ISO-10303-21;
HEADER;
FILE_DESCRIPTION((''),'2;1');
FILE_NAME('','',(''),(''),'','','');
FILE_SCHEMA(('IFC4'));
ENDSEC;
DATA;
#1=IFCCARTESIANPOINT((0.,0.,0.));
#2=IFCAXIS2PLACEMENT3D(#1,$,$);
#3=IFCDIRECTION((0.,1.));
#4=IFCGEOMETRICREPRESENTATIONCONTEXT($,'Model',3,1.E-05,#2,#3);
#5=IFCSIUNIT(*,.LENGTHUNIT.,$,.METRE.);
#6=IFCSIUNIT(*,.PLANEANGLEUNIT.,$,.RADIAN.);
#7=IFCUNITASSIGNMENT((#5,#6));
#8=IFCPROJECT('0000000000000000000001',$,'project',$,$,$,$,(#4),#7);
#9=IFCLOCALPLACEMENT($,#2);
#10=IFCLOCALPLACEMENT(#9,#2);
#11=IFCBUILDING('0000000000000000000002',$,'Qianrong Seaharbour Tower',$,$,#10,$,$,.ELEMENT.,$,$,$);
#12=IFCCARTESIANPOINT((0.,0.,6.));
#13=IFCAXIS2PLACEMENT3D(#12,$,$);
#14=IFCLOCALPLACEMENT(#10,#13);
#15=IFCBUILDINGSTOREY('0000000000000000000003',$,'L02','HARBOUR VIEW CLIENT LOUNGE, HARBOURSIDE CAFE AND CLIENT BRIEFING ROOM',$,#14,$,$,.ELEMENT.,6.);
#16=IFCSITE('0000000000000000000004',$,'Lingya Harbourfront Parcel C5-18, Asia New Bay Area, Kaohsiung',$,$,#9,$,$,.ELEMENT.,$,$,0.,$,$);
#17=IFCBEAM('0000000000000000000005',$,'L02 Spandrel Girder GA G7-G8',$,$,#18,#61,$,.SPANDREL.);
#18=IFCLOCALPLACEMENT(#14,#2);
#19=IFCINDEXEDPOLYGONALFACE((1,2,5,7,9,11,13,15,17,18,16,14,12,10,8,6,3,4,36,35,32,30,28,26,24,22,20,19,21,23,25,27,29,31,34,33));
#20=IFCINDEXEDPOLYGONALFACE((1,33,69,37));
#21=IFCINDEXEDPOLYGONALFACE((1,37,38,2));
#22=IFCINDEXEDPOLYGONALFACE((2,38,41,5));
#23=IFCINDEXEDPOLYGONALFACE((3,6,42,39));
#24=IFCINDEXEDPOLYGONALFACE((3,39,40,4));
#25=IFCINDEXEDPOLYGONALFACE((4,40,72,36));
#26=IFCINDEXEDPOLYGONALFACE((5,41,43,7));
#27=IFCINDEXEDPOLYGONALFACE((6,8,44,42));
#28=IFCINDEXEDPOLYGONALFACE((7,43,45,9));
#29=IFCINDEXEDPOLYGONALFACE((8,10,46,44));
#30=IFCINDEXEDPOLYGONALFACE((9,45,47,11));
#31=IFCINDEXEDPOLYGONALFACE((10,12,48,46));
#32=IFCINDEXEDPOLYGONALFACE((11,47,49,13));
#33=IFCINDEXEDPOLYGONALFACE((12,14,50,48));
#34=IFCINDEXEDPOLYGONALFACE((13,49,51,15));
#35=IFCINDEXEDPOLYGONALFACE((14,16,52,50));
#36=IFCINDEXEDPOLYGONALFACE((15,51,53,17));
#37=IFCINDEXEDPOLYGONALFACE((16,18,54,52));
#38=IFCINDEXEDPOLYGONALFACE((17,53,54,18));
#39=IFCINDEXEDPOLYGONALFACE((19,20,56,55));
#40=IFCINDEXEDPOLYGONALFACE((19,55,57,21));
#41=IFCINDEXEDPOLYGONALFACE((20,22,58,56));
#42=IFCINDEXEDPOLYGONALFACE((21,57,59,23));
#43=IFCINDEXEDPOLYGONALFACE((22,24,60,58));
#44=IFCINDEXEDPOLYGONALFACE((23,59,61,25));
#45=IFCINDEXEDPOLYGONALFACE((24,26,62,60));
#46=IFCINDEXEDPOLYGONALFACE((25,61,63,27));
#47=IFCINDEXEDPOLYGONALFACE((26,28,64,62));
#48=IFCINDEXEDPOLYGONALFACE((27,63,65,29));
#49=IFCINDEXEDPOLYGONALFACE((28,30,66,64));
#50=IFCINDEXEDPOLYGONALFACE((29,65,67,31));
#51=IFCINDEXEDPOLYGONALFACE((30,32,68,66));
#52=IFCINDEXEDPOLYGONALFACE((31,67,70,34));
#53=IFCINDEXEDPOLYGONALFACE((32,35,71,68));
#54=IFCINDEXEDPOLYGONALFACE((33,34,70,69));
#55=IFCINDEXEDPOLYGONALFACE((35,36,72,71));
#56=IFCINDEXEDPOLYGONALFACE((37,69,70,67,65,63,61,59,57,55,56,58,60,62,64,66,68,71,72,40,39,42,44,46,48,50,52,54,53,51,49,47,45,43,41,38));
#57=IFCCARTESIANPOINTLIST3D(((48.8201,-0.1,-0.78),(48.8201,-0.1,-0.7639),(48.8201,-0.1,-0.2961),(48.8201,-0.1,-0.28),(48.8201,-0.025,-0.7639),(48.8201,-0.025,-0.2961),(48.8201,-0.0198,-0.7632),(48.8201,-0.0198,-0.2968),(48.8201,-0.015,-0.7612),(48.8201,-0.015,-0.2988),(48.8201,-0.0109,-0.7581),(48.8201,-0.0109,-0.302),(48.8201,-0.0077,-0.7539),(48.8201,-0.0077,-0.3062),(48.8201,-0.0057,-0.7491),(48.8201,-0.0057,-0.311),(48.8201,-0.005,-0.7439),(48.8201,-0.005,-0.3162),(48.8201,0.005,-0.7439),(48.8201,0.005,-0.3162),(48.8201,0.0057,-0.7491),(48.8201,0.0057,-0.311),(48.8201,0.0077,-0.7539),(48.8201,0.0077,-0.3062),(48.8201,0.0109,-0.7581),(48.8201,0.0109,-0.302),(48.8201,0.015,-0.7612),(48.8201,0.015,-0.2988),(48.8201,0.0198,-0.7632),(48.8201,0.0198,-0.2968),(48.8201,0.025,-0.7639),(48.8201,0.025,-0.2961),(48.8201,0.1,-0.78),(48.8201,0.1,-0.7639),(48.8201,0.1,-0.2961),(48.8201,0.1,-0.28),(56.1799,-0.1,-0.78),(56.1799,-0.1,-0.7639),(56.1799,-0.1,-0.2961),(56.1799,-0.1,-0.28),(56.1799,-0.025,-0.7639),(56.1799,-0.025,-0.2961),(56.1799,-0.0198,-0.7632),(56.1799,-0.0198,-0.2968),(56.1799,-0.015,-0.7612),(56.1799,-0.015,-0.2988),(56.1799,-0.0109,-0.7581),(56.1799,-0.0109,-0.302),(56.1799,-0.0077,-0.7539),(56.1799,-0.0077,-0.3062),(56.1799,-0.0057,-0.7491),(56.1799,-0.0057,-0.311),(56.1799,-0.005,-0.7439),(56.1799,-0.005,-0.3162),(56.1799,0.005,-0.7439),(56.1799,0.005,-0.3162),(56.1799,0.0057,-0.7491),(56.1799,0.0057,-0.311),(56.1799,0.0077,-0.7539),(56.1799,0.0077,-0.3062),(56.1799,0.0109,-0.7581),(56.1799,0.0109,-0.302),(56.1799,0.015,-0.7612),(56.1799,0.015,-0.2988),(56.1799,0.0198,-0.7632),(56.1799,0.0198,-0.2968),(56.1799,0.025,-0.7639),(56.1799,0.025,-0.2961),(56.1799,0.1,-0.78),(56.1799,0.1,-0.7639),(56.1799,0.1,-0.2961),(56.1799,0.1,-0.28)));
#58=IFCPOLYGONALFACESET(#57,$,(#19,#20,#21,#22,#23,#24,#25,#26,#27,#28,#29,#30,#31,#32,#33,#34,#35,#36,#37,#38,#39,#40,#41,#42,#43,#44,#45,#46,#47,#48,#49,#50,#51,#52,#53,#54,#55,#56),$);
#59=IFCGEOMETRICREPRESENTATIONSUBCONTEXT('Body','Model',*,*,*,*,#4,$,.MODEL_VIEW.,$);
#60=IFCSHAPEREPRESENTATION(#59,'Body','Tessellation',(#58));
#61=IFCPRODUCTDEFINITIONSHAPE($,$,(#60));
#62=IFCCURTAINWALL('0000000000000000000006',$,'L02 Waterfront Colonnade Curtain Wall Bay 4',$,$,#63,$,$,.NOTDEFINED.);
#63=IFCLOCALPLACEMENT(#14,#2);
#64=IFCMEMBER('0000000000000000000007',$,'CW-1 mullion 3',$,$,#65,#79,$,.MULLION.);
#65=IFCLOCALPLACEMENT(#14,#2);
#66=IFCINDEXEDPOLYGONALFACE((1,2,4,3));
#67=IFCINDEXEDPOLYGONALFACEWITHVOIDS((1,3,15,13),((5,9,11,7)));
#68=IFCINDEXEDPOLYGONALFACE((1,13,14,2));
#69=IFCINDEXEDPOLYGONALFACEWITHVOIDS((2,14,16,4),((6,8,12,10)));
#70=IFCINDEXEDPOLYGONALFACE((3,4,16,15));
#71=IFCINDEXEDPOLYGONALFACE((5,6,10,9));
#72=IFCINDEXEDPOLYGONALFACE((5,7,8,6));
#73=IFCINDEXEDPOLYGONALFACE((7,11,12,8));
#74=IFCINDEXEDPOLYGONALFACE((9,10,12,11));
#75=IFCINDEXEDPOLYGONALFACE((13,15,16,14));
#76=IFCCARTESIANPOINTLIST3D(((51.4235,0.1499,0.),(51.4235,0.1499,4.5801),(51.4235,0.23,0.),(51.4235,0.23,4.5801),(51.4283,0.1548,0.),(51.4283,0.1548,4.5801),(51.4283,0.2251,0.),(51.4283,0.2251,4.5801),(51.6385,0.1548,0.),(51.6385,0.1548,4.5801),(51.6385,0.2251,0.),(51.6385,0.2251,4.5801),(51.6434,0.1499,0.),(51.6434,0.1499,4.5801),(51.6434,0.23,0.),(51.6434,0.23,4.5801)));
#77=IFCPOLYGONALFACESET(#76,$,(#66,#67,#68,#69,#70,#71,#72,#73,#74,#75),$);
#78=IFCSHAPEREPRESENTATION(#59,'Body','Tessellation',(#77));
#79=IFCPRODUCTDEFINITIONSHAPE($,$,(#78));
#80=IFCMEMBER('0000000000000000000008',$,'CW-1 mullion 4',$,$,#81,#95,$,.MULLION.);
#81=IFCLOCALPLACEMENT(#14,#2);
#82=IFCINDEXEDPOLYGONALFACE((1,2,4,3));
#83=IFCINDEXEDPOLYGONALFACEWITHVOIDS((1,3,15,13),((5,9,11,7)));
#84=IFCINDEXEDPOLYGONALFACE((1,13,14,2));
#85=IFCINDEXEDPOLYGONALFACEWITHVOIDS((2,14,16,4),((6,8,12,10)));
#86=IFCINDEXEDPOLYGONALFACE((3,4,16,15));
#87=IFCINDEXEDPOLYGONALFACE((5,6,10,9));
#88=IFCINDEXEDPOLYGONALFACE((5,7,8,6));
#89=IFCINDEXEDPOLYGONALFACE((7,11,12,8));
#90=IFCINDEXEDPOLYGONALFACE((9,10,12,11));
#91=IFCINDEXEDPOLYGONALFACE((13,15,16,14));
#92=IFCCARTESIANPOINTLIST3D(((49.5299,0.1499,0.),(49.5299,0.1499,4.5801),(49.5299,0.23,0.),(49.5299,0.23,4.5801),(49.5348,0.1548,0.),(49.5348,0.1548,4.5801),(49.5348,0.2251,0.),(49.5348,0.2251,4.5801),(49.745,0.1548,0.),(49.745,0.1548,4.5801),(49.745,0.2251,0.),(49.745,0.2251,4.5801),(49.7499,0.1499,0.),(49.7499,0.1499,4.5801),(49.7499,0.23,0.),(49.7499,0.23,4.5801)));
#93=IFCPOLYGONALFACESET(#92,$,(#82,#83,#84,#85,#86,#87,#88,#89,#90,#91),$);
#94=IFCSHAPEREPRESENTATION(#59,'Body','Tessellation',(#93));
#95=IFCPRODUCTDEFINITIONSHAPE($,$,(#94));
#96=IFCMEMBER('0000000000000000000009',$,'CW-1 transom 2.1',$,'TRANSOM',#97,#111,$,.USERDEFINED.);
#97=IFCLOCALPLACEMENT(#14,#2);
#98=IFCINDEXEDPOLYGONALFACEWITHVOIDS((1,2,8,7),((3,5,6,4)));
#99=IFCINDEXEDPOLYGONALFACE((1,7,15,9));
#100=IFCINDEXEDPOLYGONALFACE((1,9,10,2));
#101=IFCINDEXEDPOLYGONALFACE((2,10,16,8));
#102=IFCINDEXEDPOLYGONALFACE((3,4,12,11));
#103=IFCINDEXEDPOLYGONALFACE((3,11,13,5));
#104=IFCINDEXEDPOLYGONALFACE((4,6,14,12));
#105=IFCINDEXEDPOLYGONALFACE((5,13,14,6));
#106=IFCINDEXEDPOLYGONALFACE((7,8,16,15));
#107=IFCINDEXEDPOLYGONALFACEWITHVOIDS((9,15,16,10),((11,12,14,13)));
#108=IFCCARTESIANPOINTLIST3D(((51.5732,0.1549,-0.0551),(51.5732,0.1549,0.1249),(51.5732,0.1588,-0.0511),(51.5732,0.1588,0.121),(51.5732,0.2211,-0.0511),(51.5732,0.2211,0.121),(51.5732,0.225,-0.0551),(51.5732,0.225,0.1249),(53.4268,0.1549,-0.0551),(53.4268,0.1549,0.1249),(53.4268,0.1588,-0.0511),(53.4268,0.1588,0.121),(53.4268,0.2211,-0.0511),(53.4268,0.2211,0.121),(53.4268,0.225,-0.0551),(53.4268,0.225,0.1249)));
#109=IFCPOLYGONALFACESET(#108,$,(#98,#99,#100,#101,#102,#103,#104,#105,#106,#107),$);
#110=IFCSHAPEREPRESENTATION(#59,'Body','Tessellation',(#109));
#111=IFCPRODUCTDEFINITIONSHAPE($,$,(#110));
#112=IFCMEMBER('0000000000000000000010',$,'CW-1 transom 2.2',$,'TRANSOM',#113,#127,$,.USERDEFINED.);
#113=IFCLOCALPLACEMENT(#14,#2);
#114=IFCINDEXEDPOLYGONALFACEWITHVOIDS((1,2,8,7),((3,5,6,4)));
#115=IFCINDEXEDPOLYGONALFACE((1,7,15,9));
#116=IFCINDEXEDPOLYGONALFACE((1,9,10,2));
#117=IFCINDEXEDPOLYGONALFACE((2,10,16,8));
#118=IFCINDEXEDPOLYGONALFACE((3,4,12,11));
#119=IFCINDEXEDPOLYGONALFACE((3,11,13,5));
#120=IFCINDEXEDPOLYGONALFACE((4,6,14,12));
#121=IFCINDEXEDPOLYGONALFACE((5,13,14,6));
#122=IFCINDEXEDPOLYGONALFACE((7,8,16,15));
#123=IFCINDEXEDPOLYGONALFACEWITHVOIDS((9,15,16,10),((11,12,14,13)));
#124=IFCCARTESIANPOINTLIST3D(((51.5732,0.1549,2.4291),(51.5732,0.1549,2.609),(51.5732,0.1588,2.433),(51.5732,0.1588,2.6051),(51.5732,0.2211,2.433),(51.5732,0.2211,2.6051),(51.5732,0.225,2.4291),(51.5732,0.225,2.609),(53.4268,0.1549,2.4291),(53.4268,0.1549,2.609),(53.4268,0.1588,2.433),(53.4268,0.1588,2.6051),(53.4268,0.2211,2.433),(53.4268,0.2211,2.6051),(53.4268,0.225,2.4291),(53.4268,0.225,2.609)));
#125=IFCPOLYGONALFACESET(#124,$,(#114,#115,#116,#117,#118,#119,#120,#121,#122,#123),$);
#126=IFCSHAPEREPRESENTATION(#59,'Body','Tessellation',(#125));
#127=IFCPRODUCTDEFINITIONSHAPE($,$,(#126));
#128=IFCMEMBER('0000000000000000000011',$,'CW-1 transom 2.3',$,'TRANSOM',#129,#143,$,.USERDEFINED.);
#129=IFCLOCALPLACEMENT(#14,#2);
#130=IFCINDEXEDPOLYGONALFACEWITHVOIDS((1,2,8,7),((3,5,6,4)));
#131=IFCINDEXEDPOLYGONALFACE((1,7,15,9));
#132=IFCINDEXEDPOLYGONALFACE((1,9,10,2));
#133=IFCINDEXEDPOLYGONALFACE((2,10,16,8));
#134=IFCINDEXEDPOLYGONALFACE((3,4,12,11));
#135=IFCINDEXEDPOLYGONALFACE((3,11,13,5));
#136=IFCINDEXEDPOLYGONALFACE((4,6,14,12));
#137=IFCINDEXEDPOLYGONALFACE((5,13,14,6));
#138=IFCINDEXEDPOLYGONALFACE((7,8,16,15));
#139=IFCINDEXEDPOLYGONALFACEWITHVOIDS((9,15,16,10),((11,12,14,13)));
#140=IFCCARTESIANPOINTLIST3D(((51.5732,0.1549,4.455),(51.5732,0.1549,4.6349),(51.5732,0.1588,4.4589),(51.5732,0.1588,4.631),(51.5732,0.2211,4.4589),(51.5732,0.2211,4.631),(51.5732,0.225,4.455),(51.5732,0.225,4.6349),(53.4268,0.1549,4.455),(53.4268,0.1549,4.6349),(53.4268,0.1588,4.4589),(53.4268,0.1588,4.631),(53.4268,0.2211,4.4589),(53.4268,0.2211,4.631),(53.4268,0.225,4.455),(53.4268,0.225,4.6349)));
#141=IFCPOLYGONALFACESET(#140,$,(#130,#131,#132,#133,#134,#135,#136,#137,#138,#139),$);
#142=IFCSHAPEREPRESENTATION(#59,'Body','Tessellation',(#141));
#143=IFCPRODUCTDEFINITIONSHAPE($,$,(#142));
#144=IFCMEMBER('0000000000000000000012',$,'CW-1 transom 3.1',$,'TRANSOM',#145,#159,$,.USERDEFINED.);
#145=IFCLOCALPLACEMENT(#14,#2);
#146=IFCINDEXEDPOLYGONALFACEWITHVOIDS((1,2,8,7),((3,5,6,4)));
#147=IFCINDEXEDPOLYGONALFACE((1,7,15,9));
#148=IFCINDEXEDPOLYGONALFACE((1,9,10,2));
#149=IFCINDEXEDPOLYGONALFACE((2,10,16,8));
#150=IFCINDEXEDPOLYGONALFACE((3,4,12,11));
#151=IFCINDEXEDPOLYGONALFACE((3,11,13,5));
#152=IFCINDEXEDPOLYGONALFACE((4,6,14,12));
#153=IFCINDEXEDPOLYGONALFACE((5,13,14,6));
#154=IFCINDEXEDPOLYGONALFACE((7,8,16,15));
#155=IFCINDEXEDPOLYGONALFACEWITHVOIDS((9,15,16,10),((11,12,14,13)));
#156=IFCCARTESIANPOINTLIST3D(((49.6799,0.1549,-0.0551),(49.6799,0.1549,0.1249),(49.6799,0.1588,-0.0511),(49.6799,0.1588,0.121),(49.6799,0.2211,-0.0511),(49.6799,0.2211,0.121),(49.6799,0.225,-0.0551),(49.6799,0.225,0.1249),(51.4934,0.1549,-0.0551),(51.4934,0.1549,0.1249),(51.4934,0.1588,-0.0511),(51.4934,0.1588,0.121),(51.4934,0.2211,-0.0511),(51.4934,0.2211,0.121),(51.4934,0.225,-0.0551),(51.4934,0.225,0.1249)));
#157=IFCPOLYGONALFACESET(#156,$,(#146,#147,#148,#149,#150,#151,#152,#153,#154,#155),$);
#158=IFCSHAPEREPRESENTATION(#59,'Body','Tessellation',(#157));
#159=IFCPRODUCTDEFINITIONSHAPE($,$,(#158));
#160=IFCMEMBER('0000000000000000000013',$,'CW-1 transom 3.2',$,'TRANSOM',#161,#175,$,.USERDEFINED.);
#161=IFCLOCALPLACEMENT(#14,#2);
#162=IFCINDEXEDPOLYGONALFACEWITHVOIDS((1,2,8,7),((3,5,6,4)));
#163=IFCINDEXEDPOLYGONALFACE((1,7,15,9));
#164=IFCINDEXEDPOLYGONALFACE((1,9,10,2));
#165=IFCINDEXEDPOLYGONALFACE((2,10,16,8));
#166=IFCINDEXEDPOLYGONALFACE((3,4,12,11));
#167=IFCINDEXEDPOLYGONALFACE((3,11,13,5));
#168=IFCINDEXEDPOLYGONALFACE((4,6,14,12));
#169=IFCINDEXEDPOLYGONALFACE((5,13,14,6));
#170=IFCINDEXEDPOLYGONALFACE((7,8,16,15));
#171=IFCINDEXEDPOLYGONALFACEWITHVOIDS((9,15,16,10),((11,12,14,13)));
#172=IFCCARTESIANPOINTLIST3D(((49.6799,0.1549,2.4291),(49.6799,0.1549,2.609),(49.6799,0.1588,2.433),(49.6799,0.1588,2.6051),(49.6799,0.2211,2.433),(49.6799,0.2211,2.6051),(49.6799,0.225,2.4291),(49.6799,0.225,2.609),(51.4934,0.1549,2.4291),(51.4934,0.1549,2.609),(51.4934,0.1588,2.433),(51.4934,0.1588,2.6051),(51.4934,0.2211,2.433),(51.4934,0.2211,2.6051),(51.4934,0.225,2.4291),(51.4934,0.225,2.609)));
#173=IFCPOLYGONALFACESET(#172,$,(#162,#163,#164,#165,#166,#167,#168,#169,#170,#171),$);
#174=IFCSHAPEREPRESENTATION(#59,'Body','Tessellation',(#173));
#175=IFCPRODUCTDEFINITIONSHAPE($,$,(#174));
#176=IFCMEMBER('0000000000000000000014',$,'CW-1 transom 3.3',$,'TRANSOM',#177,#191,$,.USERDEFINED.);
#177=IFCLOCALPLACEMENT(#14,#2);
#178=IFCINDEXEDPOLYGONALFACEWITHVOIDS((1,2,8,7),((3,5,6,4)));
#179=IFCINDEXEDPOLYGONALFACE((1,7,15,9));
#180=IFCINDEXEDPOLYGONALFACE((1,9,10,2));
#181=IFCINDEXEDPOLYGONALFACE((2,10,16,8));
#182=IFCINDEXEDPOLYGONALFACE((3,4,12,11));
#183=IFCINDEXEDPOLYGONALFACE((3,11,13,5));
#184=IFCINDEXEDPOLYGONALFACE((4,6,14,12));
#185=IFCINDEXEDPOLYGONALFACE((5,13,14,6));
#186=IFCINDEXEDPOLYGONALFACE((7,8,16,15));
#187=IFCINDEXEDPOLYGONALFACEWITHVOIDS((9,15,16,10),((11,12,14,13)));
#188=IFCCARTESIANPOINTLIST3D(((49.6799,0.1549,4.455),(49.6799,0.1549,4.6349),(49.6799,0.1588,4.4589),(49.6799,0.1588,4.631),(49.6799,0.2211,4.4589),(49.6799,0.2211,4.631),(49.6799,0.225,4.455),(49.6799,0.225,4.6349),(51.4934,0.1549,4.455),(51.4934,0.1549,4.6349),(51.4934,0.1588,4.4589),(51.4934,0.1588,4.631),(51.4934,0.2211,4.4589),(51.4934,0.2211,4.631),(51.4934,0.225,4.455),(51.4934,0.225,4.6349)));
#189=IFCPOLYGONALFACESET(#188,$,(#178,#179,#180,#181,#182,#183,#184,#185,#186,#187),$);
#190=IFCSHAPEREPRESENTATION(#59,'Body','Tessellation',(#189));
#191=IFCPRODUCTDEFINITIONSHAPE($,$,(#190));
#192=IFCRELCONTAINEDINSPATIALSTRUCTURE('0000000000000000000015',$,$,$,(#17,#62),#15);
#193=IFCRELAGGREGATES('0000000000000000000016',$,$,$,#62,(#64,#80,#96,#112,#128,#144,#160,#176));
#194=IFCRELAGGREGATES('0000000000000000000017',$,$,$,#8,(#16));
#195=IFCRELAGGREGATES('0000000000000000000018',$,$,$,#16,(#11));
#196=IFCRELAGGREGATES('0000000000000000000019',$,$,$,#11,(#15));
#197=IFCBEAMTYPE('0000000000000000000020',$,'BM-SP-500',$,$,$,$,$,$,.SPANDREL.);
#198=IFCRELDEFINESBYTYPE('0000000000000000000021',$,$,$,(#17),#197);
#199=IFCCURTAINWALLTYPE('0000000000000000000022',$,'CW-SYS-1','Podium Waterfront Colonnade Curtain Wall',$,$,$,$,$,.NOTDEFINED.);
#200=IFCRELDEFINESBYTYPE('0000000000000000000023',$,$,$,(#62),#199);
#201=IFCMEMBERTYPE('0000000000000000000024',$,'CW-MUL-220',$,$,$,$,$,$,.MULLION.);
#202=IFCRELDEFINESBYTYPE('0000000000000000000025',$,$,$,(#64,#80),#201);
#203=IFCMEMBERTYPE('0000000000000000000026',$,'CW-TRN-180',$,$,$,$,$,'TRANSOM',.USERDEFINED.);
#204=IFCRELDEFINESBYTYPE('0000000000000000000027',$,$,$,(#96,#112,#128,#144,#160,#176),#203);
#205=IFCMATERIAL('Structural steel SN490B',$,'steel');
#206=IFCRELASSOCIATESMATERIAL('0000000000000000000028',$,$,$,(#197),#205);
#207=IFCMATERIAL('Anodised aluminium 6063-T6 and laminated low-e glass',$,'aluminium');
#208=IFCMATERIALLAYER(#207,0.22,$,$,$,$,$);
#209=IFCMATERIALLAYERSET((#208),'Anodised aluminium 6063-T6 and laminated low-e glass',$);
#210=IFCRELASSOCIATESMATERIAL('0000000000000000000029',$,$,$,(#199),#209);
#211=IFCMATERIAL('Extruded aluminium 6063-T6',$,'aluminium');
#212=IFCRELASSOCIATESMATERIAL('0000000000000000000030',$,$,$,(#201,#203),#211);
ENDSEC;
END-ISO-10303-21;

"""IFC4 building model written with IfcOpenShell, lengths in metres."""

from ifc_helpers import new_model, si_unit, direction, frame, origin, origin_2d, place, context, subcontext, project, spatial, hollow_rectangle, i_section, extrude, material, layer, layer_set, material_profile, profile_set, type_object, element, aggregate, save


model = new_model("IFC4")

# Units and contexts
model_context = context("Model", 3, precision=1e-05, world=origin(), true_north=direction((0.0, 1.0)))
body_context = subcontext(model_context, "Body", "Model", "MODEL_VIEW")
ifc_project = project(units=[si_unit("LENGTHUNIT", "METRE"), si_unit("PLANEANGLEUNIT", "RADIAN")], contexts=[model_context])

# Site, building, storey
site_placement = place(None, origin())
site = spatial("IfcSite", under=ifc_project, at=site_placement, Name="Lingya Harbourfront Parcel C5-18, Asia New Bay Area, Kaohsiung", CompositionType="ELEMENT", RefElevation=0.0)
building_placement = place(site_placement, origin())
building = spatial("IfcBuilding", under=site, at=building_placement, Name="Qianrong Seaharbour Tower", CompositionType="ELEMENT")
storey_placement = place(building_placement, frame((0.0, 0.0, 6.0)))
storey = spatial("IfcBuildingStorey", under=building, at=storey_placement, Name="L02", Description="HARBOUR VIEW CLIENT LOUNGE, HARBOURSIDE CAFE AND CLIENT BRIEFING ROOM", CompositionType="ELEMENT", Elevation=6.0)

# Beam
ifc_material_1 = material(Name="Structural steel SN490B", Category="steel")
ifc_material_profile_1 = material_profile(ifc_material_1, i_section(OverallWidth=0.2, OverallDepth=0.5, WebThickness=0.01, FlangeThickness=0.0161, FilletRadius=0.02, at=origin_2d()), Name="H500x200x10x16")
ifc_profile_set_1 = profile_set([ifc_material_profile_1], Name="Structural steel SN490B")
beam_type_1 = type_object("IfcBeamType", Name="BM-SP-500", PredefinedType="SPANDREL", material=ifc_profile_set_1)
for number, where, z_axis, x_axis, name in (
    (1, (48.8201, 0.0, -0.53), (1.0, 0.0, 0.0), (0.0, 1.0, 0.0), "L02 Spandrel Girder GA G7-G8"),
):
    element("IfcBeam", number, at=place(storey_placement, frame(where, z_axis=z_axis, x_axis=x_axis)), inside=storey, type_object=beam_type_1, Name=name, PredefinedType="SPANDREL", context=body_context, shape_type="SweptSolid", body=[
        extrude(i_section(OverallWidth=0.2, OverallDepth=0.5, WebThickness=0.01, FlangeThickness=0.0161, FilletRadius=0.02, at=origin_2d()), origin(), (0.0, 0.0, 1.0), 7.3599),
    ])

# Curtain wall, members
ifc_material_2 = material(Name="Anodised aluminium 6063-T6 and laminated low-e glass", Category="aluminium")
ifc_layer_1 = layer(ifc_material_2, 0.22)
ifc_layer_set_1 = layer_set([ifc_layer_1], Name="Anodised aluminium 6063-T6 and laminated low-e glass")
curtain_wall_type = type_object("IfcCurtainWallType", Name="CW-SYS-1", Description="Podium Waterfront Colonnade Curtain Wall", PredefinedType="NOTDEFINED", material=ifc_layer_set_1)
curtain_wall_placement = place(storey_placement, origin())
curtain_wall = element("IfcCurtainWall", 2, at=curtain_wall_placement, inside=storey, type_object=curtain_wall_type, Name="L02 Waterfront Colonnade Curtain Wall Bay 4", PredefinedType="NOTDEFINED")
ifc_material_3 = material(Name="Extruded aluminium 6063-T6", Category="aluminium")
ifc_material_profile_2 = material_profile(ifc_material_3, hollow_rectangle(XDim=0.0801, YDim=0.22, WallThickness=0.0049, at=origin_2d()), Name="ALU-MUL-220x80x5")
ifc_profile_set_2 = profile_set([ifc_material_profile_2], Name="Extruded aluminium 6063-T6")
member_type_1 = type_object("IfcMemberType", Name="CW-MUL-220", PredefinedType="MULLION", material=ifc_profile_set_2)
member_1_placement = place(storey_placement, frame((51.5334, 0.1899, 0.0), z_axis=(0.0, 0.0, 1.0), x_axis=(0.0, -1.0, 0.0)))
member_1 = element("IfcMember", 3, at=member_1_placement, type_object=member_type_1, Name="CW-1 mullion 3", PredefinedType="MULLION", context=body_context, shape_type="SweptSolid", body=[
    extrude(hollow_rectangle(XDim=0.0801, YDim=0.22, WallThickness=0.0049, at=origin_2d()), origin(), (0.0, 0.0, 1.0), 4.5801),
])
member_2_placement = place(storey_placement, frame((49.6399, 0.1899, 0.0), z_axis=(0.0, 0.0, 1.0), x_axis=(0.0, -1.0, 0.0)))
member_2 = element("IfcMember", 4, at=member_2_placement, type_object=member_type_1, Name="CW-1 mullion 4", PredefinedType="MULLION", context=body_context, shape_type="SweptSolid", body=[
    extrude(hollow_rectangle(XDim=0.0801, YDim=0.22, WallThickness=0.0049, at=origin_2d()), origin(), (0.0, 0.0, 1.0), 4.5801),
])
ifc_material_profile_3 = material_profile(ifc_material_3, hollow_rectangle(XDim=0.0701, YDim=0.1799, WallThickness=0.0039, at=origin_2d()), Name="ALU-TRN-180x70x4")
ifc_profile_set_3 = profile_set([ifc_material_profile_3], Name="Extruded aluminium 6063-T6")
member_type_2 = type_object("IfcMemberType", Name="CW-TRN-180", ElementType="TRANSOM", PredefinedType="USERDEFINED", material=ifc_profile_set_3)
member_3_placement = place(storey_placement, frame((53.4268, 0.1899, 0.0349), z_axis=(-1.0, 0.0, 0.0), x_axis=(0.0, -1.0, 0.0)))
member_3 = element("IfcMember", 5, at=member_3_placement, type_object=member_type_2, Name="CW-1 transom 2.1", ObjectType="TRANSOM", PredefinedType="USERDEFINED", context=body_context, shape_type="SweptSolid", body=[
    extrude(hollow_rectangle(XDim=0.0701, YDim=0.1799, WallThickness=0.0039, at=origin_2d()), origin(), (0.0, 0.0, 1.0), 1.8535),
])
member_4_placement = place(storey_placement, frame((53.4268, 0.1899, 2.519), z_axis=(-1.0, 0.0, 0.0), x_axis=(0.0, -1.0, 0.0)))
member_4 = element("IfcMember", 6, at=member_4_placement, type_object=member_type_2, Name="CW-1 transom 2.2", ObjectType="TRANSOM", PredefinedType="USERDEFINED", context=body_context, shape_type="SweptSolid", body=[
    extrude(hollow_rectangle(XDim=0.0701, YDim=0.1799, WallThickness=0.0039, at=origin_2d()), origin(), (0.0, 0.0, 1.0), 1.8535),
])
member_5_placement = place(storey_placement, frame((53.4268, 0.1899, 4.5449), z_axis=(-1.0, 0.0, 0.0), x_axis=(0.0, -1.0, 0.0)))
member_5 = element("IfcMember", 7, at=member_5_placement, type_object=member_type_2, Name="CW-1 transom 2.3", ObjectType="TRANSOM", PredefinedType="USERDEFINED", context=body_context, shape_type="SweptSolid", body=[
    extrude(hollow_rectangle(XDim=0.0701, YDim=0.1799, WallThickness=0.0039, at=origin_2d()), origin(), (0.0, 0.0, 1.0), 1.8535),
])
member_6_placement = place(storey_placement, frame((51.4934, 0.1899, 0.0349), z_axis=(-1.0, 0.0, 0.0), x_axis=(0.0, -1.0, 0.0)))
member_6 = element("IfcMember", 8, at=member_6_placement, type_object=member_type_2, Name="CW-1 transom 3.1", ObjectType="TRANSOM", PredefinedType="USERDEFINED", context=body_context, shape_type="SweptSolid", body=[
    extrude(hollow_rectangle(XDim=0.0701, YDim=0.1799, WallThickness=0.0039, at=origin_2d()), origin(), (0.0, 0.0, 1.0), 1.8135),
])
member_7_placement = place(storey_placement, frame((51.4934, 0.1899, 2.519), z_axis=(-1.0, 0.0, 0.0), x_axis=(0.0, -1.0, 0.0)))
member_7 = element("IfcMember", 9, at=member_7_placement, type_object=member_type_2, Name="CW-1 transom 3.2", ObjectType="TRANSOM", PredefinedType="USERDEFINED", context=body_context, shape_type="SweptSolid", body=[
    extrude(hollow_rectangle(XDim=0.0701, YDim=0.1799, WallThickness=0.0039, at=origin_2d()), origin(), (0.0, 0.0, 1.0), 1.8135),
])
member_8_placement = place(storey_placement, frame((51.4934, 0.1899, 4.5449), z_axis=(-1.0, 0.0, 0.0), x_axis=(0.0, -1.0, 0.0)))
member_8 = element("IfcMember", 10, at=member_8_placement, type_object=member_type_2, Name="CW-1 transom 3.3", ObjectType="TRANSOM", PredefinedType="USERDEFINED", context=body_context, shape_type="SweptSolid", body=[
    extrude(hollow_rectangle(XDim=0.0701, YDim=0.1799, WallThickness=0.0039, at=origin_2d()), origin(), (0.0, 0.0, 1.0), 1.8135),
])
aggregate(curtain_wall, [member_1, member_2, member_3, member_4, member_5, member_6, member_7, member_8])

save(model, "model.ifc")
